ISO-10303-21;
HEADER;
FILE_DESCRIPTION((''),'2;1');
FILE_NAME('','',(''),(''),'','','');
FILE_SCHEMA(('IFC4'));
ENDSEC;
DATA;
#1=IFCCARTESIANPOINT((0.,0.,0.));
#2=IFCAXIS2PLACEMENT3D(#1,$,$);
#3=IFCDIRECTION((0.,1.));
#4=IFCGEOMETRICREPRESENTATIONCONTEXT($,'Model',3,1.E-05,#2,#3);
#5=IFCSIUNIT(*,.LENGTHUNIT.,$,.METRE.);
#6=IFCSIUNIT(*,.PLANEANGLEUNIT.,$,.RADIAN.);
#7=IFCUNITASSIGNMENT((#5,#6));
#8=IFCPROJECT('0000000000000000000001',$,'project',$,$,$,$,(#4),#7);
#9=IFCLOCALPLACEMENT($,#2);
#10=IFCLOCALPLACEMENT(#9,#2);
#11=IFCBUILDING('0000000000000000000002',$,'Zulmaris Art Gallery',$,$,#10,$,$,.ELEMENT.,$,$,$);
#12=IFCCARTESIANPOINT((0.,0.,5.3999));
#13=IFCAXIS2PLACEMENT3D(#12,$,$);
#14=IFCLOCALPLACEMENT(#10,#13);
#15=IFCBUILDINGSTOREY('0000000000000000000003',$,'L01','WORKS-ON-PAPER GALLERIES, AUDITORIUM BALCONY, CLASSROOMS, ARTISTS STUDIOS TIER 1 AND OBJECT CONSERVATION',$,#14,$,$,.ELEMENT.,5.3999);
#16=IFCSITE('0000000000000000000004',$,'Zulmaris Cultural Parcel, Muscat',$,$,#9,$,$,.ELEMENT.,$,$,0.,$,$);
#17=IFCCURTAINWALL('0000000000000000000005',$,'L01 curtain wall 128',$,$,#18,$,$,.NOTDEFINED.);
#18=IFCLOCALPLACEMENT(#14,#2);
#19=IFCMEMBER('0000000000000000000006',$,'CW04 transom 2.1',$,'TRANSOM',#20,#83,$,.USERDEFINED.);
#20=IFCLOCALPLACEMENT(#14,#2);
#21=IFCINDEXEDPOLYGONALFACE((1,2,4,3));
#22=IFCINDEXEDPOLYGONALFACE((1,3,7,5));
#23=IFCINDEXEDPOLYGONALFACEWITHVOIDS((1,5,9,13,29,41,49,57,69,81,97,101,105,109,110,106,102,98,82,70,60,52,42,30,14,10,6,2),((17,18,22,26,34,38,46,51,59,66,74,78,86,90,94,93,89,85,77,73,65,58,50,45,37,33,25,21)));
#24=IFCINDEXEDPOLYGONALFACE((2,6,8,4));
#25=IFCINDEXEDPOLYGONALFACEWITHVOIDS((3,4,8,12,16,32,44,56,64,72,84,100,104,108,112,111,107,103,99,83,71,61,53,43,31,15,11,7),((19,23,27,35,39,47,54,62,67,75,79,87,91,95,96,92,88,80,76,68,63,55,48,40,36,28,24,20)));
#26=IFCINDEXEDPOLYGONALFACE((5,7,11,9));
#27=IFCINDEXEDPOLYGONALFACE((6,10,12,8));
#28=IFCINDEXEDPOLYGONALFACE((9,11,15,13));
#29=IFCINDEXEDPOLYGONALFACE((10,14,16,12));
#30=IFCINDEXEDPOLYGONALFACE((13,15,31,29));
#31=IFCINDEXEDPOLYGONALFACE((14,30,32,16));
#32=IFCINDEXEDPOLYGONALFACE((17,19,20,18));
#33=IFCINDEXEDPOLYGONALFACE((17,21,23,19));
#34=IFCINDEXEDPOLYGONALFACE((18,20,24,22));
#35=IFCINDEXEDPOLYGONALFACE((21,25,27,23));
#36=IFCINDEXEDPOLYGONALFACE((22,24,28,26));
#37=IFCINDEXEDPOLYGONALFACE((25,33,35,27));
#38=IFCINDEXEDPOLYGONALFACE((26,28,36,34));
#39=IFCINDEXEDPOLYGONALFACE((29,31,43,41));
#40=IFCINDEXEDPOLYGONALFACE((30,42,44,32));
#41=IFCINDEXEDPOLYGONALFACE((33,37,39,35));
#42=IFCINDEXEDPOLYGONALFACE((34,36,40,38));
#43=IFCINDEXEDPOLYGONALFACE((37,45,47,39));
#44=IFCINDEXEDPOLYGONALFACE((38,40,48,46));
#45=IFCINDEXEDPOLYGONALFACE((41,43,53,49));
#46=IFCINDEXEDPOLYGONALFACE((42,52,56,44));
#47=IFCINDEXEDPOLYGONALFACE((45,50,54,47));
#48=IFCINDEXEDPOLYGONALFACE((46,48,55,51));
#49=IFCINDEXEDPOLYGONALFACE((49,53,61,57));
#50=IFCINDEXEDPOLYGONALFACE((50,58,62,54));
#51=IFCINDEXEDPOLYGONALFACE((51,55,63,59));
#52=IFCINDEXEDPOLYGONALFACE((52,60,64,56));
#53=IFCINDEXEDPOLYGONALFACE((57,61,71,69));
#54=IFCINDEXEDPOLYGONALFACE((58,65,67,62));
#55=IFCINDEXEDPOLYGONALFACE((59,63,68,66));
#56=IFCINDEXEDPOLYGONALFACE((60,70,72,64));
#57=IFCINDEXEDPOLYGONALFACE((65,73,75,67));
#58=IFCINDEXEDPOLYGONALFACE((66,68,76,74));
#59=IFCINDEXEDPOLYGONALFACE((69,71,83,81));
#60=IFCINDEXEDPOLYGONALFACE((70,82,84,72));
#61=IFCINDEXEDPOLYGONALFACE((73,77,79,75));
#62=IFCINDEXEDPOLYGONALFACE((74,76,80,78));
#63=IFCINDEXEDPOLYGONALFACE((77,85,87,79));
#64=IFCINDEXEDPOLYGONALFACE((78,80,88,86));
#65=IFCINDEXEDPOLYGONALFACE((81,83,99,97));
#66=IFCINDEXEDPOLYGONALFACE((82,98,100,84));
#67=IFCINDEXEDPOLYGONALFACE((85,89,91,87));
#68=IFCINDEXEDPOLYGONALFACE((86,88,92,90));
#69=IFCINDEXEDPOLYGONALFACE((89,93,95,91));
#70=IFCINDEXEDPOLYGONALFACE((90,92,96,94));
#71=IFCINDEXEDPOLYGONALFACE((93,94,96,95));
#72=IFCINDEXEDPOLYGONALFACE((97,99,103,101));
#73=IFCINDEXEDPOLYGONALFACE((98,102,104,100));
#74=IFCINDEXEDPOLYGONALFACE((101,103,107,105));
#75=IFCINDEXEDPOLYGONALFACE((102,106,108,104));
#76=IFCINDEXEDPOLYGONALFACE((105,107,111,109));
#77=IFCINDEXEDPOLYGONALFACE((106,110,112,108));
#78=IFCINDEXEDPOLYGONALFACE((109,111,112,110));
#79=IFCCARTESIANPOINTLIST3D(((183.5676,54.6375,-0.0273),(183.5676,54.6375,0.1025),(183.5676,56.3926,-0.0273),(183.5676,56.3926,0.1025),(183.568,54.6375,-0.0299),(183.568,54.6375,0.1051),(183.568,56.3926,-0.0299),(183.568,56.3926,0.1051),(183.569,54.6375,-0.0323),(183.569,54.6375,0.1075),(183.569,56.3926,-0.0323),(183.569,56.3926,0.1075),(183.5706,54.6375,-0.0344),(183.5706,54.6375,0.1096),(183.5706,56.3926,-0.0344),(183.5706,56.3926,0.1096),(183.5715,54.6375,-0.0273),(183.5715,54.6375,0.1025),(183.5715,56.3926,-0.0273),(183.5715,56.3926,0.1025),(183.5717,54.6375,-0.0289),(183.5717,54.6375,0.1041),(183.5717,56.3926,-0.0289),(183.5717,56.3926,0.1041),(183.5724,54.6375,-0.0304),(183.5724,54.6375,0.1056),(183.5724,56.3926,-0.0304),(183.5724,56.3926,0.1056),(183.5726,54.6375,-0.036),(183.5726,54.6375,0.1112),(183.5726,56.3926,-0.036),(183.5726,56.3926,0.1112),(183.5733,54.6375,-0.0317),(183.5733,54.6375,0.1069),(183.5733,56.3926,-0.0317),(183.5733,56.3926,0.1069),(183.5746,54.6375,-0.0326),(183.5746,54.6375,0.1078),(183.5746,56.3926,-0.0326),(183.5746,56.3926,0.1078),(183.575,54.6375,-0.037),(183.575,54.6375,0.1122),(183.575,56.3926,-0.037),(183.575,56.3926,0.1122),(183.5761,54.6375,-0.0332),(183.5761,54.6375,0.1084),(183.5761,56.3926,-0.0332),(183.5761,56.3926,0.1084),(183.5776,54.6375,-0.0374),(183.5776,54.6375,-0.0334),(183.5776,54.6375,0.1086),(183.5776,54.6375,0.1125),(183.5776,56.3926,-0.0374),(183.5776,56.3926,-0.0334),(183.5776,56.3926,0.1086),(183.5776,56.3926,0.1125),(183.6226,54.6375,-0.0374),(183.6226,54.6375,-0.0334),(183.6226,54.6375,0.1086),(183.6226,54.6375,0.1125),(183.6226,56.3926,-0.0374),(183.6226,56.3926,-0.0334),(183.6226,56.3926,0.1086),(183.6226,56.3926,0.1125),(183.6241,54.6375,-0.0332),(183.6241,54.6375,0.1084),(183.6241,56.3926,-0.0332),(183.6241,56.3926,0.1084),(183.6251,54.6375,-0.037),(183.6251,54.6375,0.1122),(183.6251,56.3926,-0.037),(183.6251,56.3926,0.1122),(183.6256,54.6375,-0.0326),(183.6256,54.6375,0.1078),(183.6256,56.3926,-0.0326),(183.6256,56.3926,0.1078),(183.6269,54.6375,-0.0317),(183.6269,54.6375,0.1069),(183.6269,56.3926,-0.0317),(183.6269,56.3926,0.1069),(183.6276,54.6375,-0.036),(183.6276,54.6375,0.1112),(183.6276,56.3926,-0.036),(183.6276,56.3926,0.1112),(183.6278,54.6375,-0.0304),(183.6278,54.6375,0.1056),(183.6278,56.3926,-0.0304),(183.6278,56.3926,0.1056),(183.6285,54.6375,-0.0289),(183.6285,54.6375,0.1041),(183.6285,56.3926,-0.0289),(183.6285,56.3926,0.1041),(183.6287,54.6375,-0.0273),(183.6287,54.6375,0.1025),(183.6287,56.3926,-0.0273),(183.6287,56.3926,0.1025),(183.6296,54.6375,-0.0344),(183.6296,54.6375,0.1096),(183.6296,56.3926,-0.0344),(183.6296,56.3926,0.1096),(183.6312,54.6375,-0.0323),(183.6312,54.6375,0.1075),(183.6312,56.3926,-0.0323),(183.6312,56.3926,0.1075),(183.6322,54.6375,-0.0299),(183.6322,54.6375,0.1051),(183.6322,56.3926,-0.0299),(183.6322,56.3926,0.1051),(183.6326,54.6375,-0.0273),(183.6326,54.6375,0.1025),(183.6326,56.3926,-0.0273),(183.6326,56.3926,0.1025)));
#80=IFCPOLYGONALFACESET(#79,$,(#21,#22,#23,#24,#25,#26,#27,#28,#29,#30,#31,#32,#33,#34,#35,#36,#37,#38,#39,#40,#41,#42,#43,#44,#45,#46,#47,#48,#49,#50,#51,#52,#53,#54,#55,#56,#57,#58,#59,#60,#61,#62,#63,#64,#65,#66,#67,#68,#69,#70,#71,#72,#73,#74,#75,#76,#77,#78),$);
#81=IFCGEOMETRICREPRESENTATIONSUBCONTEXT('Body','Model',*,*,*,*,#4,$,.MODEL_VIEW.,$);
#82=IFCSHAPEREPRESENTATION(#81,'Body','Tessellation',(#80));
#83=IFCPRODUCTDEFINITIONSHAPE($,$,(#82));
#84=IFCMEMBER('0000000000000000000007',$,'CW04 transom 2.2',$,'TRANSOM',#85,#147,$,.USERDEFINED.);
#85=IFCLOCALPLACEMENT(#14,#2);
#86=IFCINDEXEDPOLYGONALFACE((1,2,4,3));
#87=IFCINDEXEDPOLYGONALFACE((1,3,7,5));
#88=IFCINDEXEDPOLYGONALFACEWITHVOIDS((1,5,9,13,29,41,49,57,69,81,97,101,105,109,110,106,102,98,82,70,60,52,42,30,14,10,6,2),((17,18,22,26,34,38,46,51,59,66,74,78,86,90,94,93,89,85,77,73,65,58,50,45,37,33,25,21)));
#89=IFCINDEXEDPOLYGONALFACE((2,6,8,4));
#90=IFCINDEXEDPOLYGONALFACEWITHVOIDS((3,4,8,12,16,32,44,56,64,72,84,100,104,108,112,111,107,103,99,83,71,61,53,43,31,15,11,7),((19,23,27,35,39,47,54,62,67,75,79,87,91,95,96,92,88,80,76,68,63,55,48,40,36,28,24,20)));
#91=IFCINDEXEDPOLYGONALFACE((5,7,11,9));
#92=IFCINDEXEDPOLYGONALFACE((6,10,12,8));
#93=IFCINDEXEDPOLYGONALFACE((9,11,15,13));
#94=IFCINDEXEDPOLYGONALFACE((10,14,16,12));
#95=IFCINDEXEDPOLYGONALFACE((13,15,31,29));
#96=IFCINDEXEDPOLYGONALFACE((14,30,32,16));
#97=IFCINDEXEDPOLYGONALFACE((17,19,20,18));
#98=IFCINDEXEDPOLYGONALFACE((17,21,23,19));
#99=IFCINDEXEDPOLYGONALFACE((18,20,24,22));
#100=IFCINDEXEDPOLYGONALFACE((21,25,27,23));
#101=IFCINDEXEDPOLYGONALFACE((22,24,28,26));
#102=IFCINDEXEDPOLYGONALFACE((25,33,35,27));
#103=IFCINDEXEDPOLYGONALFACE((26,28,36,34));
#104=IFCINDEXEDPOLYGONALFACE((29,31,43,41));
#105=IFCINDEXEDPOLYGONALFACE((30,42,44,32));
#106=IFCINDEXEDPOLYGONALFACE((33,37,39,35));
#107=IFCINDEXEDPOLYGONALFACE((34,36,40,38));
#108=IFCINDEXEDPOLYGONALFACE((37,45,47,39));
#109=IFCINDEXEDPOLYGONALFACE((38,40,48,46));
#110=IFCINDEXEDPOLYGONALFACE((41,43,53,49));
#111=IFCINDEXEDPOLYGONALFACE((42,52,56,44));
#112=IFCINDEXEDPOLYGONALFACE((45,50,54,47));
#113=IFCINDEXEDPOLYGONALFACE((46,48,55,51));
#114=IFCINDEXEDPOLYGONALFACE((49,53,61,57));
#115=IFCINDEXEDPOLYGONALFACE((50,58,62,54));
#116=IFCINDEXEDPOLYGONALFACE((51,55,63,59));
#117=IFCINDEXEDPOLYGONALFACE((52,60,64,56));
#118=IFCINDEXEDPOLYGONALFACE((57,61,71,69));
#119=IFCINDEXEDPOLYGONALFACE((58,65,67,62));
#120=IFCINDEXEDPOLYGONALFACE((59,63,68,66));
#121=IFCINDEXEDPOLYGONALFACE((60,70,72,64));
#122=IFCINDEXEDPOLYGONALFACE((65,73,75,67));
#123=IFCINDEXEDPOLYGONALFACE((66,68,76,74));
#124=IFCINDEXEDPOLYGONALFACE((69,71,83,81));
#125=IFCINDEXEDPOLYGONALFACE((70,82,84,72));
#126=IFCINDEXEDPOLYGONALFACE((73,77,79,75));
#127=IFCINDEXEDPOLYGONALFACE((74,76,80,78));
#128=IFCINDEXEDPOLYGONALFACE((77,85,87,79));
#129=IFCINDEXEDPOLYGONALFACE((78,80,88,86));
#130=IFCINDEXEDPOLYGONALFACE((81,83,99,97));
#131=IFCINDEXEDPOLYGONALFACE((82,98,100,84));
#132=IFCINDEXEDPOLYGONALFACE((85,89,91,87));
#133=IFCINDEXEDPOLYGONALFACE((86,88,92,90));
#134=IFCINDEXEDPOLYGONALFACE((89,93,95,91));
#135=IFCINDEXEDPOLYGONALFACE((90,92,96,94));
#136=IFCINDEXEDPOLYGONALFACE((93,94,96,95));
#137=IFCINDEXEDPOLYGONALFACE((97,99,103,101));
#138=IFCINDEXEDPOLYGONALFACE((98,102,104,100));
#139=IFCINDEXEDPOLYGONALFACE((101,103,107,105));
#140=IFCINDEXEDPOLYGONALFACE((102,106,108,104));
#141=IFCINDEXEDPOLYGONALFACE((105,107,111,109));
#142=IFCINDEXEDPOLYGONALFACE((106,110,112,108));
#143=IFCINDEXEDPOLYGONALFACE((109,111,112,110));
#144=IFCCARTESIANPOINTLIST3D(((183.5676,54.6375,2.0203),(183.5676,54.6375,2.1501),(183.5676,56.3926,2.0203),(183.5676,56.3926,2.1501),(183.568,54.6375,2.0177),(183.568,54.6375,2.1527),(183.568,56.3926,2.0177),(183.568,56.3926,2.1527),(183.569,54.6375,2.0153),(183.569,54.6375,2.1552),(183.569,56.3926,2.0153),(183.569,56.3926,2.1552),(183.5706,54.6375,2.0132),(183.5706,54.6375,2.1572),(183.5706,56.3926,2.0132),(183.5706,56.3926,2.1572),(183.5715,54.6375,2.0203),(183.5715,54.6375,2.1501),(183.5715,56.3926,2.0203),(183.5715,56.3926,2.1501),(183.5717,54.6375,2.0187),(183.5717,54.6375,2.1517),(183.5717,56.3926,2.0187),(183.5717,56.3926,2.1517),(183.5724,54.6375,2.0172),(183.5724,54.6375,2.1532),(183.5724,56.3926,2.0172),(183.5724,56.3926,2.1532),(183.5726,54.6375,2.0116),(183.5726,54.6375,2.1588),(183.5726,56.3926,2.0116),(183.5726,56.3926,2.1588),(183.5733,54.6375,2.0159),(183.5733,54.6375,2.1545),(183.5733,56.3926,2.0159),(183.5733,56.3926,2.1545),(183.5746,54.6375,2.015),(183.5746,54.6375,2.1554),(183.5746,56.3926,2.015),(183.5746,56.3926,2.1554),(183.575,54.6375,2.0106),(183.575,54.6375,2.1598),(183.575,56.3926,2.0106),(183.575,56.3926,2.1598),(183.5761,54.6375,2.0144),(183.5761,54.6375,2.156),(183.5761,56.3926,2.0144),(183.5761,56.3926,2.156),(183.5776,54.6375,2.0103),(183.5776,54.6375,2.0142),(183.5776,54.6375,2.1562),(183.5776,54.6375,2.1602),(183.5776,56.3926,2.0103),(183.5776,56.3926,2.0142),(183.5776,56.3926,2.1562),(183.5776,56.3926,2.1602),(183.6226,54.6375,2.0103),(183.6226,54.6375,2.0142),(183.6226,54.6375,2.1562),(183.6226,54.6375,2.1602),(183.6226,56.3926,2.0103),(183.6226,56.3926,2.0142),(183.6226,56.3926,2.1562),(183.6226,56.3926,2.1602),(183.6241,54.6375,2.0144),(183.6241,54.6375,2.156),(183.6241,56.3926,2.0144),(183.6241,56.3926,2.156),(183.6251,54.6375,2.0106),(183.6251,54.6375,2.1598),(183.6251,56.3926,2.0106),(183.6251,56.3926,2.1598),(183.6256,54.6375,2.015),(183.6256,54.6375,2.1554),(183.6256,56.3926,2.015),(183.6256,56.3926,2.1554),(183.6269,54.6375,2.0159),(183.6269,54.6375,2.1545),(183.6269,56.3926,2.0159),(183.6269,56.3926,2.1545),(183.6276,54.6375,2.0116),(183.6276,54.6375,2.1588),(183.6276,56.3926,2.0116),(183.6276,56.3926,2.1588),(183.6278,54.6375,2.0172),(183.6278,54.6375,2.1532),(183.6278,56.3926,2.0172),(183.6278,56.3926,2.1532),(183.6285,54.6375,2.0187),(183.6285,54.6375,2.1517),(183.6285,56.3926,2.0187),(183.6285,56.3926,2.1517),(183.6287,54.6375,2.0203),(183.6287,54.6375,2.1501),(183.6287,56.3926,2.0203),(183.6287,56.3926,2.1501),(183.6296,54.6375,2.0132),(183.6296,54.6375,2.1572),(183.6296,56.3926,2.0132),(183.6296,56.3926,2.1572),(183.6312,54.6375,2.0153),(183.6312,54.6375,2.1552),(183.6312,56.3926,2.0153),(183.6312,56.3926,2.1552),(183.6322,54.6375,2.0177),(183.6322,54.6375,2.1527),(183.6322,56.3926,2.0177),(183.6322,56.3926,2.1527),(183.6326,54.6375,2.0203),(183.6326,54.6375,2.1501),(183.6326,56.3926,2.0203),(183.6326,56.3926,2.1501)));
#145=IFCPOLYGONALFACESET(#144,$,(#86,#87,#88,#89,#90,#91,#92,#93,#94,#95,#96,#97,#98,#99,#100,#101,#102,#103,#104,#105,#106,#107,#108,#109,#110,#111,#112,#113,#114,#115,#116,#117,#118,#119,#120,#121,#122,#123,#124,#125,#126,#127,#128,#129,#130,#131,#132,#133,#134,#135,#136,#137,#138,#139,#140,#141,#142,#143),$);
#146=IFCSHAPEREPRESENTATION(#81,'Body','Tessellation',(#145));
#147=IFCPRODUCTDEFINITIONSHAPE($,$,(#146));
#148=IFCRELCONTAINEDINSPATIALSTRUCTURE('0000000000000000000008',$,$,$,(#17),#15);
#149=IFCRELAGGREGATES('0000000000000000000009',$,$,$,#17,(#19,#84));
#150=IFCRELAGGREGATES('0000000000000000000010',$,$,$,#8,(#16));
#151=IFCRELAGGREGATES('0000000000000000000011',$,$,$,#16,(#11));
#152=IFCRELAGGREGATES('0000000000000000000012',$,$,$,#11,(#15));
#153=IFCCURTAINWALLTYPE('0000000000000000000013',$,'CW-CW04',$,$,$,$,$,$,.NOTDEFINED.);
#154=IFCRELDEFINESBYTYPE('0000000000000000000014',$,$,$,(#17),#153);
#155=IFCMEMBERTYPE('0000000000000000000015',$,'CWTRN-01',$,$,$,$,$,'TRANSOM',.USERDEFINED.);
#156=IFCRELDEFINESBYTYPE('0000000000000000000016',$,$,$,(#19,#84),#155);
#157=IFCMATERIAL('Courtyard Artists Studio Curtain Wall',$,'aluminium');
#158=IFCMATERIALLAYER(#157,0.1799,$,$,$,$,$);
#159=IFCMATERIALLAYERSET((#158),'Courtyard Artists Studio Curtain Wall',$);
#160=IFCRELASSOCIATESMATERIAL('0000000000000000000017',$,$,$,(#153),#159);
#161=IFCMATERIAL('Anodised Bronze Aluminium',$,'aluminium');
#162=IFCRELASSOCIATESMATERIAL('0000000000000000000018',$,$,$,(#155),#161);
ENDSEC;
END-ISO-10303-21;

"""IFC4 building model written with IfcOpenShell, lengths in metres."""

from ifc_helpers import new_model, si_unit, direction, frame, origin, origin_2d, place, context, subcontext, project, spatial, hollow_rectangle, extrude, material, layer, layer_set, material_profile, profile_set, type_object, element, aggregate, save


model = new_model("IFC4")

# Units and contexts
model_context = context("Model", 3, precision=1e-05, world=origin(), true_north=direction((0.0, 1.0)))
body_context = subcontext(model_context, "Body", "Model", "MODEL_VIEW")
ifc_project = project(units=[si_unit("LENGTHUNIT", "METRE"), si_unit("PLANEANGLEUNIT", "RADIAN")], contexts=[model_context])

# Site, building, storey
site_placement = place(None, origin())
site = spatial("IfcSite", under=ifc_project, at=site_placement, Name="Zulmaris Cultural Parcel, Muscat", CompositionType="ELEMENT", RefElevation=0.0)
building_placement = place(site_placement, origin())
building = spatial("IfcBuilding", under=site, at=building_placement, Name="Zulmaris Art Gallery", CompositionType="ELEMENT")
storey_placement = place(building_placement, frame((0.0, 0.0, 5.3999)))
storey = spatial("IfcBuildingStorey", under=building, at=storey_placement, Name="L01", Description="WORKS-ON-PAPER GALLERIES, AUDITORIUM BALCONY, CLASSROOMS, ARTISTS STUDIOS TIER 1 AND OBJECT CONSERVATION", CompositionType="ELEMENT", Elevation=5.3999)

# Curtain wall, members
ifc_material_1 = material(Name="Courtyard Artists Studio Curtain Wall", Category="aluminium")
ifc_layer_1 = layer(ifc_material_1, 0.1799)
ifc_layer_set_1 = layer_set([ifc_layer_1], Name="Courtyard Artists Studio Curtain Wall")
curtain_wall_type = type_object("IfcCurtainWallType", Name="CW-CW04", PredefinedType="NOTDEFINED", material=ifc_layer_set_1)
curtain_wall_placement = place(storey_placement, origin())
curtain_wall = element("IfcCurtainWall", 1, at=curtain_wall_placement, inside=storey, type_object=curtain_wall_type, Name="L01 curtain wall 128", PredefinedType="NOTDEFINED")
ifc_material_2 = material(Name="Anodised Bronze Aluminium", Category="aluminium")
ifc_material_profile_1 = material_profile(ifc_material_2, hollow_rectangle(XDim=0.0649, YDim=0.1499, WallThickness=0.0039, InnerFilletRadius=0.0061, OuterFilletRadius=0.01, at=origin_2d()), Name="ALU 65x150x4")
ifc_profile_set_1 = profile_set([ifc_material_profile_1], Name="Anodised Bronze Aluminium")
member_type_1 = type_object("IfcMemberType", Name="CWTRN-01", ElementType="TRANSOM", PredefinedType="USERDEFINED", material=ifc_profile_set_1)
member_1_placement = place(storey_placement, frame((183.6001, 56.3926, 0.0376), z_axis=(0.0, -1.0, 0.0), x_axis=(1.0, 0.0, 0.0)))
member_1 = element("IfcMember", 2, at=member_1_placement, type_object=member_type_1, Name="CW04 transom 2.1", ObjectType="TRANSOM", PredefinedType="USERDEFINED", context=body_context, shape_type="SweptSolid", body=[
    extrude(hollow_rectangle(XDim=0.0649, YDim=0.1499, WallThickness=0.0039, InnerFilletRadius=0.0061, OuterFilletRadius=0.01, at=origin_2d()), origin(), (0.0, 0.0, 1.0), 1.7551),
])
member_2_placement = place(storey_placement, frame((183.6001, 56.3926, 2.0852), z_axis=(0.0, -1.0, 0.0), x_axis=(1.0, 0.0, 0.0)))
member_2 = element("IfcMember", 3, at=member_2_placement, type_object=member_type_1, Name="CW04 transom 2.2", ObjectType="TRANSOM", PredefinedType="USERDEFINED", context=body_context, shape_type="SweptSolid", body=[
    extrude(hollow_rectangle(XDim=0.0649, YDim=0.1499, WallThickness=0.0039, InnerFilletRadius=0.0061, OuterFilletRadius=0.01, at=origin_2d()), origin(), (0.0, 0.0, 1.0), 1.7551),
])
aggregate(curtain_wall, [member_1, member_2])

save(model, "model.ifc")
